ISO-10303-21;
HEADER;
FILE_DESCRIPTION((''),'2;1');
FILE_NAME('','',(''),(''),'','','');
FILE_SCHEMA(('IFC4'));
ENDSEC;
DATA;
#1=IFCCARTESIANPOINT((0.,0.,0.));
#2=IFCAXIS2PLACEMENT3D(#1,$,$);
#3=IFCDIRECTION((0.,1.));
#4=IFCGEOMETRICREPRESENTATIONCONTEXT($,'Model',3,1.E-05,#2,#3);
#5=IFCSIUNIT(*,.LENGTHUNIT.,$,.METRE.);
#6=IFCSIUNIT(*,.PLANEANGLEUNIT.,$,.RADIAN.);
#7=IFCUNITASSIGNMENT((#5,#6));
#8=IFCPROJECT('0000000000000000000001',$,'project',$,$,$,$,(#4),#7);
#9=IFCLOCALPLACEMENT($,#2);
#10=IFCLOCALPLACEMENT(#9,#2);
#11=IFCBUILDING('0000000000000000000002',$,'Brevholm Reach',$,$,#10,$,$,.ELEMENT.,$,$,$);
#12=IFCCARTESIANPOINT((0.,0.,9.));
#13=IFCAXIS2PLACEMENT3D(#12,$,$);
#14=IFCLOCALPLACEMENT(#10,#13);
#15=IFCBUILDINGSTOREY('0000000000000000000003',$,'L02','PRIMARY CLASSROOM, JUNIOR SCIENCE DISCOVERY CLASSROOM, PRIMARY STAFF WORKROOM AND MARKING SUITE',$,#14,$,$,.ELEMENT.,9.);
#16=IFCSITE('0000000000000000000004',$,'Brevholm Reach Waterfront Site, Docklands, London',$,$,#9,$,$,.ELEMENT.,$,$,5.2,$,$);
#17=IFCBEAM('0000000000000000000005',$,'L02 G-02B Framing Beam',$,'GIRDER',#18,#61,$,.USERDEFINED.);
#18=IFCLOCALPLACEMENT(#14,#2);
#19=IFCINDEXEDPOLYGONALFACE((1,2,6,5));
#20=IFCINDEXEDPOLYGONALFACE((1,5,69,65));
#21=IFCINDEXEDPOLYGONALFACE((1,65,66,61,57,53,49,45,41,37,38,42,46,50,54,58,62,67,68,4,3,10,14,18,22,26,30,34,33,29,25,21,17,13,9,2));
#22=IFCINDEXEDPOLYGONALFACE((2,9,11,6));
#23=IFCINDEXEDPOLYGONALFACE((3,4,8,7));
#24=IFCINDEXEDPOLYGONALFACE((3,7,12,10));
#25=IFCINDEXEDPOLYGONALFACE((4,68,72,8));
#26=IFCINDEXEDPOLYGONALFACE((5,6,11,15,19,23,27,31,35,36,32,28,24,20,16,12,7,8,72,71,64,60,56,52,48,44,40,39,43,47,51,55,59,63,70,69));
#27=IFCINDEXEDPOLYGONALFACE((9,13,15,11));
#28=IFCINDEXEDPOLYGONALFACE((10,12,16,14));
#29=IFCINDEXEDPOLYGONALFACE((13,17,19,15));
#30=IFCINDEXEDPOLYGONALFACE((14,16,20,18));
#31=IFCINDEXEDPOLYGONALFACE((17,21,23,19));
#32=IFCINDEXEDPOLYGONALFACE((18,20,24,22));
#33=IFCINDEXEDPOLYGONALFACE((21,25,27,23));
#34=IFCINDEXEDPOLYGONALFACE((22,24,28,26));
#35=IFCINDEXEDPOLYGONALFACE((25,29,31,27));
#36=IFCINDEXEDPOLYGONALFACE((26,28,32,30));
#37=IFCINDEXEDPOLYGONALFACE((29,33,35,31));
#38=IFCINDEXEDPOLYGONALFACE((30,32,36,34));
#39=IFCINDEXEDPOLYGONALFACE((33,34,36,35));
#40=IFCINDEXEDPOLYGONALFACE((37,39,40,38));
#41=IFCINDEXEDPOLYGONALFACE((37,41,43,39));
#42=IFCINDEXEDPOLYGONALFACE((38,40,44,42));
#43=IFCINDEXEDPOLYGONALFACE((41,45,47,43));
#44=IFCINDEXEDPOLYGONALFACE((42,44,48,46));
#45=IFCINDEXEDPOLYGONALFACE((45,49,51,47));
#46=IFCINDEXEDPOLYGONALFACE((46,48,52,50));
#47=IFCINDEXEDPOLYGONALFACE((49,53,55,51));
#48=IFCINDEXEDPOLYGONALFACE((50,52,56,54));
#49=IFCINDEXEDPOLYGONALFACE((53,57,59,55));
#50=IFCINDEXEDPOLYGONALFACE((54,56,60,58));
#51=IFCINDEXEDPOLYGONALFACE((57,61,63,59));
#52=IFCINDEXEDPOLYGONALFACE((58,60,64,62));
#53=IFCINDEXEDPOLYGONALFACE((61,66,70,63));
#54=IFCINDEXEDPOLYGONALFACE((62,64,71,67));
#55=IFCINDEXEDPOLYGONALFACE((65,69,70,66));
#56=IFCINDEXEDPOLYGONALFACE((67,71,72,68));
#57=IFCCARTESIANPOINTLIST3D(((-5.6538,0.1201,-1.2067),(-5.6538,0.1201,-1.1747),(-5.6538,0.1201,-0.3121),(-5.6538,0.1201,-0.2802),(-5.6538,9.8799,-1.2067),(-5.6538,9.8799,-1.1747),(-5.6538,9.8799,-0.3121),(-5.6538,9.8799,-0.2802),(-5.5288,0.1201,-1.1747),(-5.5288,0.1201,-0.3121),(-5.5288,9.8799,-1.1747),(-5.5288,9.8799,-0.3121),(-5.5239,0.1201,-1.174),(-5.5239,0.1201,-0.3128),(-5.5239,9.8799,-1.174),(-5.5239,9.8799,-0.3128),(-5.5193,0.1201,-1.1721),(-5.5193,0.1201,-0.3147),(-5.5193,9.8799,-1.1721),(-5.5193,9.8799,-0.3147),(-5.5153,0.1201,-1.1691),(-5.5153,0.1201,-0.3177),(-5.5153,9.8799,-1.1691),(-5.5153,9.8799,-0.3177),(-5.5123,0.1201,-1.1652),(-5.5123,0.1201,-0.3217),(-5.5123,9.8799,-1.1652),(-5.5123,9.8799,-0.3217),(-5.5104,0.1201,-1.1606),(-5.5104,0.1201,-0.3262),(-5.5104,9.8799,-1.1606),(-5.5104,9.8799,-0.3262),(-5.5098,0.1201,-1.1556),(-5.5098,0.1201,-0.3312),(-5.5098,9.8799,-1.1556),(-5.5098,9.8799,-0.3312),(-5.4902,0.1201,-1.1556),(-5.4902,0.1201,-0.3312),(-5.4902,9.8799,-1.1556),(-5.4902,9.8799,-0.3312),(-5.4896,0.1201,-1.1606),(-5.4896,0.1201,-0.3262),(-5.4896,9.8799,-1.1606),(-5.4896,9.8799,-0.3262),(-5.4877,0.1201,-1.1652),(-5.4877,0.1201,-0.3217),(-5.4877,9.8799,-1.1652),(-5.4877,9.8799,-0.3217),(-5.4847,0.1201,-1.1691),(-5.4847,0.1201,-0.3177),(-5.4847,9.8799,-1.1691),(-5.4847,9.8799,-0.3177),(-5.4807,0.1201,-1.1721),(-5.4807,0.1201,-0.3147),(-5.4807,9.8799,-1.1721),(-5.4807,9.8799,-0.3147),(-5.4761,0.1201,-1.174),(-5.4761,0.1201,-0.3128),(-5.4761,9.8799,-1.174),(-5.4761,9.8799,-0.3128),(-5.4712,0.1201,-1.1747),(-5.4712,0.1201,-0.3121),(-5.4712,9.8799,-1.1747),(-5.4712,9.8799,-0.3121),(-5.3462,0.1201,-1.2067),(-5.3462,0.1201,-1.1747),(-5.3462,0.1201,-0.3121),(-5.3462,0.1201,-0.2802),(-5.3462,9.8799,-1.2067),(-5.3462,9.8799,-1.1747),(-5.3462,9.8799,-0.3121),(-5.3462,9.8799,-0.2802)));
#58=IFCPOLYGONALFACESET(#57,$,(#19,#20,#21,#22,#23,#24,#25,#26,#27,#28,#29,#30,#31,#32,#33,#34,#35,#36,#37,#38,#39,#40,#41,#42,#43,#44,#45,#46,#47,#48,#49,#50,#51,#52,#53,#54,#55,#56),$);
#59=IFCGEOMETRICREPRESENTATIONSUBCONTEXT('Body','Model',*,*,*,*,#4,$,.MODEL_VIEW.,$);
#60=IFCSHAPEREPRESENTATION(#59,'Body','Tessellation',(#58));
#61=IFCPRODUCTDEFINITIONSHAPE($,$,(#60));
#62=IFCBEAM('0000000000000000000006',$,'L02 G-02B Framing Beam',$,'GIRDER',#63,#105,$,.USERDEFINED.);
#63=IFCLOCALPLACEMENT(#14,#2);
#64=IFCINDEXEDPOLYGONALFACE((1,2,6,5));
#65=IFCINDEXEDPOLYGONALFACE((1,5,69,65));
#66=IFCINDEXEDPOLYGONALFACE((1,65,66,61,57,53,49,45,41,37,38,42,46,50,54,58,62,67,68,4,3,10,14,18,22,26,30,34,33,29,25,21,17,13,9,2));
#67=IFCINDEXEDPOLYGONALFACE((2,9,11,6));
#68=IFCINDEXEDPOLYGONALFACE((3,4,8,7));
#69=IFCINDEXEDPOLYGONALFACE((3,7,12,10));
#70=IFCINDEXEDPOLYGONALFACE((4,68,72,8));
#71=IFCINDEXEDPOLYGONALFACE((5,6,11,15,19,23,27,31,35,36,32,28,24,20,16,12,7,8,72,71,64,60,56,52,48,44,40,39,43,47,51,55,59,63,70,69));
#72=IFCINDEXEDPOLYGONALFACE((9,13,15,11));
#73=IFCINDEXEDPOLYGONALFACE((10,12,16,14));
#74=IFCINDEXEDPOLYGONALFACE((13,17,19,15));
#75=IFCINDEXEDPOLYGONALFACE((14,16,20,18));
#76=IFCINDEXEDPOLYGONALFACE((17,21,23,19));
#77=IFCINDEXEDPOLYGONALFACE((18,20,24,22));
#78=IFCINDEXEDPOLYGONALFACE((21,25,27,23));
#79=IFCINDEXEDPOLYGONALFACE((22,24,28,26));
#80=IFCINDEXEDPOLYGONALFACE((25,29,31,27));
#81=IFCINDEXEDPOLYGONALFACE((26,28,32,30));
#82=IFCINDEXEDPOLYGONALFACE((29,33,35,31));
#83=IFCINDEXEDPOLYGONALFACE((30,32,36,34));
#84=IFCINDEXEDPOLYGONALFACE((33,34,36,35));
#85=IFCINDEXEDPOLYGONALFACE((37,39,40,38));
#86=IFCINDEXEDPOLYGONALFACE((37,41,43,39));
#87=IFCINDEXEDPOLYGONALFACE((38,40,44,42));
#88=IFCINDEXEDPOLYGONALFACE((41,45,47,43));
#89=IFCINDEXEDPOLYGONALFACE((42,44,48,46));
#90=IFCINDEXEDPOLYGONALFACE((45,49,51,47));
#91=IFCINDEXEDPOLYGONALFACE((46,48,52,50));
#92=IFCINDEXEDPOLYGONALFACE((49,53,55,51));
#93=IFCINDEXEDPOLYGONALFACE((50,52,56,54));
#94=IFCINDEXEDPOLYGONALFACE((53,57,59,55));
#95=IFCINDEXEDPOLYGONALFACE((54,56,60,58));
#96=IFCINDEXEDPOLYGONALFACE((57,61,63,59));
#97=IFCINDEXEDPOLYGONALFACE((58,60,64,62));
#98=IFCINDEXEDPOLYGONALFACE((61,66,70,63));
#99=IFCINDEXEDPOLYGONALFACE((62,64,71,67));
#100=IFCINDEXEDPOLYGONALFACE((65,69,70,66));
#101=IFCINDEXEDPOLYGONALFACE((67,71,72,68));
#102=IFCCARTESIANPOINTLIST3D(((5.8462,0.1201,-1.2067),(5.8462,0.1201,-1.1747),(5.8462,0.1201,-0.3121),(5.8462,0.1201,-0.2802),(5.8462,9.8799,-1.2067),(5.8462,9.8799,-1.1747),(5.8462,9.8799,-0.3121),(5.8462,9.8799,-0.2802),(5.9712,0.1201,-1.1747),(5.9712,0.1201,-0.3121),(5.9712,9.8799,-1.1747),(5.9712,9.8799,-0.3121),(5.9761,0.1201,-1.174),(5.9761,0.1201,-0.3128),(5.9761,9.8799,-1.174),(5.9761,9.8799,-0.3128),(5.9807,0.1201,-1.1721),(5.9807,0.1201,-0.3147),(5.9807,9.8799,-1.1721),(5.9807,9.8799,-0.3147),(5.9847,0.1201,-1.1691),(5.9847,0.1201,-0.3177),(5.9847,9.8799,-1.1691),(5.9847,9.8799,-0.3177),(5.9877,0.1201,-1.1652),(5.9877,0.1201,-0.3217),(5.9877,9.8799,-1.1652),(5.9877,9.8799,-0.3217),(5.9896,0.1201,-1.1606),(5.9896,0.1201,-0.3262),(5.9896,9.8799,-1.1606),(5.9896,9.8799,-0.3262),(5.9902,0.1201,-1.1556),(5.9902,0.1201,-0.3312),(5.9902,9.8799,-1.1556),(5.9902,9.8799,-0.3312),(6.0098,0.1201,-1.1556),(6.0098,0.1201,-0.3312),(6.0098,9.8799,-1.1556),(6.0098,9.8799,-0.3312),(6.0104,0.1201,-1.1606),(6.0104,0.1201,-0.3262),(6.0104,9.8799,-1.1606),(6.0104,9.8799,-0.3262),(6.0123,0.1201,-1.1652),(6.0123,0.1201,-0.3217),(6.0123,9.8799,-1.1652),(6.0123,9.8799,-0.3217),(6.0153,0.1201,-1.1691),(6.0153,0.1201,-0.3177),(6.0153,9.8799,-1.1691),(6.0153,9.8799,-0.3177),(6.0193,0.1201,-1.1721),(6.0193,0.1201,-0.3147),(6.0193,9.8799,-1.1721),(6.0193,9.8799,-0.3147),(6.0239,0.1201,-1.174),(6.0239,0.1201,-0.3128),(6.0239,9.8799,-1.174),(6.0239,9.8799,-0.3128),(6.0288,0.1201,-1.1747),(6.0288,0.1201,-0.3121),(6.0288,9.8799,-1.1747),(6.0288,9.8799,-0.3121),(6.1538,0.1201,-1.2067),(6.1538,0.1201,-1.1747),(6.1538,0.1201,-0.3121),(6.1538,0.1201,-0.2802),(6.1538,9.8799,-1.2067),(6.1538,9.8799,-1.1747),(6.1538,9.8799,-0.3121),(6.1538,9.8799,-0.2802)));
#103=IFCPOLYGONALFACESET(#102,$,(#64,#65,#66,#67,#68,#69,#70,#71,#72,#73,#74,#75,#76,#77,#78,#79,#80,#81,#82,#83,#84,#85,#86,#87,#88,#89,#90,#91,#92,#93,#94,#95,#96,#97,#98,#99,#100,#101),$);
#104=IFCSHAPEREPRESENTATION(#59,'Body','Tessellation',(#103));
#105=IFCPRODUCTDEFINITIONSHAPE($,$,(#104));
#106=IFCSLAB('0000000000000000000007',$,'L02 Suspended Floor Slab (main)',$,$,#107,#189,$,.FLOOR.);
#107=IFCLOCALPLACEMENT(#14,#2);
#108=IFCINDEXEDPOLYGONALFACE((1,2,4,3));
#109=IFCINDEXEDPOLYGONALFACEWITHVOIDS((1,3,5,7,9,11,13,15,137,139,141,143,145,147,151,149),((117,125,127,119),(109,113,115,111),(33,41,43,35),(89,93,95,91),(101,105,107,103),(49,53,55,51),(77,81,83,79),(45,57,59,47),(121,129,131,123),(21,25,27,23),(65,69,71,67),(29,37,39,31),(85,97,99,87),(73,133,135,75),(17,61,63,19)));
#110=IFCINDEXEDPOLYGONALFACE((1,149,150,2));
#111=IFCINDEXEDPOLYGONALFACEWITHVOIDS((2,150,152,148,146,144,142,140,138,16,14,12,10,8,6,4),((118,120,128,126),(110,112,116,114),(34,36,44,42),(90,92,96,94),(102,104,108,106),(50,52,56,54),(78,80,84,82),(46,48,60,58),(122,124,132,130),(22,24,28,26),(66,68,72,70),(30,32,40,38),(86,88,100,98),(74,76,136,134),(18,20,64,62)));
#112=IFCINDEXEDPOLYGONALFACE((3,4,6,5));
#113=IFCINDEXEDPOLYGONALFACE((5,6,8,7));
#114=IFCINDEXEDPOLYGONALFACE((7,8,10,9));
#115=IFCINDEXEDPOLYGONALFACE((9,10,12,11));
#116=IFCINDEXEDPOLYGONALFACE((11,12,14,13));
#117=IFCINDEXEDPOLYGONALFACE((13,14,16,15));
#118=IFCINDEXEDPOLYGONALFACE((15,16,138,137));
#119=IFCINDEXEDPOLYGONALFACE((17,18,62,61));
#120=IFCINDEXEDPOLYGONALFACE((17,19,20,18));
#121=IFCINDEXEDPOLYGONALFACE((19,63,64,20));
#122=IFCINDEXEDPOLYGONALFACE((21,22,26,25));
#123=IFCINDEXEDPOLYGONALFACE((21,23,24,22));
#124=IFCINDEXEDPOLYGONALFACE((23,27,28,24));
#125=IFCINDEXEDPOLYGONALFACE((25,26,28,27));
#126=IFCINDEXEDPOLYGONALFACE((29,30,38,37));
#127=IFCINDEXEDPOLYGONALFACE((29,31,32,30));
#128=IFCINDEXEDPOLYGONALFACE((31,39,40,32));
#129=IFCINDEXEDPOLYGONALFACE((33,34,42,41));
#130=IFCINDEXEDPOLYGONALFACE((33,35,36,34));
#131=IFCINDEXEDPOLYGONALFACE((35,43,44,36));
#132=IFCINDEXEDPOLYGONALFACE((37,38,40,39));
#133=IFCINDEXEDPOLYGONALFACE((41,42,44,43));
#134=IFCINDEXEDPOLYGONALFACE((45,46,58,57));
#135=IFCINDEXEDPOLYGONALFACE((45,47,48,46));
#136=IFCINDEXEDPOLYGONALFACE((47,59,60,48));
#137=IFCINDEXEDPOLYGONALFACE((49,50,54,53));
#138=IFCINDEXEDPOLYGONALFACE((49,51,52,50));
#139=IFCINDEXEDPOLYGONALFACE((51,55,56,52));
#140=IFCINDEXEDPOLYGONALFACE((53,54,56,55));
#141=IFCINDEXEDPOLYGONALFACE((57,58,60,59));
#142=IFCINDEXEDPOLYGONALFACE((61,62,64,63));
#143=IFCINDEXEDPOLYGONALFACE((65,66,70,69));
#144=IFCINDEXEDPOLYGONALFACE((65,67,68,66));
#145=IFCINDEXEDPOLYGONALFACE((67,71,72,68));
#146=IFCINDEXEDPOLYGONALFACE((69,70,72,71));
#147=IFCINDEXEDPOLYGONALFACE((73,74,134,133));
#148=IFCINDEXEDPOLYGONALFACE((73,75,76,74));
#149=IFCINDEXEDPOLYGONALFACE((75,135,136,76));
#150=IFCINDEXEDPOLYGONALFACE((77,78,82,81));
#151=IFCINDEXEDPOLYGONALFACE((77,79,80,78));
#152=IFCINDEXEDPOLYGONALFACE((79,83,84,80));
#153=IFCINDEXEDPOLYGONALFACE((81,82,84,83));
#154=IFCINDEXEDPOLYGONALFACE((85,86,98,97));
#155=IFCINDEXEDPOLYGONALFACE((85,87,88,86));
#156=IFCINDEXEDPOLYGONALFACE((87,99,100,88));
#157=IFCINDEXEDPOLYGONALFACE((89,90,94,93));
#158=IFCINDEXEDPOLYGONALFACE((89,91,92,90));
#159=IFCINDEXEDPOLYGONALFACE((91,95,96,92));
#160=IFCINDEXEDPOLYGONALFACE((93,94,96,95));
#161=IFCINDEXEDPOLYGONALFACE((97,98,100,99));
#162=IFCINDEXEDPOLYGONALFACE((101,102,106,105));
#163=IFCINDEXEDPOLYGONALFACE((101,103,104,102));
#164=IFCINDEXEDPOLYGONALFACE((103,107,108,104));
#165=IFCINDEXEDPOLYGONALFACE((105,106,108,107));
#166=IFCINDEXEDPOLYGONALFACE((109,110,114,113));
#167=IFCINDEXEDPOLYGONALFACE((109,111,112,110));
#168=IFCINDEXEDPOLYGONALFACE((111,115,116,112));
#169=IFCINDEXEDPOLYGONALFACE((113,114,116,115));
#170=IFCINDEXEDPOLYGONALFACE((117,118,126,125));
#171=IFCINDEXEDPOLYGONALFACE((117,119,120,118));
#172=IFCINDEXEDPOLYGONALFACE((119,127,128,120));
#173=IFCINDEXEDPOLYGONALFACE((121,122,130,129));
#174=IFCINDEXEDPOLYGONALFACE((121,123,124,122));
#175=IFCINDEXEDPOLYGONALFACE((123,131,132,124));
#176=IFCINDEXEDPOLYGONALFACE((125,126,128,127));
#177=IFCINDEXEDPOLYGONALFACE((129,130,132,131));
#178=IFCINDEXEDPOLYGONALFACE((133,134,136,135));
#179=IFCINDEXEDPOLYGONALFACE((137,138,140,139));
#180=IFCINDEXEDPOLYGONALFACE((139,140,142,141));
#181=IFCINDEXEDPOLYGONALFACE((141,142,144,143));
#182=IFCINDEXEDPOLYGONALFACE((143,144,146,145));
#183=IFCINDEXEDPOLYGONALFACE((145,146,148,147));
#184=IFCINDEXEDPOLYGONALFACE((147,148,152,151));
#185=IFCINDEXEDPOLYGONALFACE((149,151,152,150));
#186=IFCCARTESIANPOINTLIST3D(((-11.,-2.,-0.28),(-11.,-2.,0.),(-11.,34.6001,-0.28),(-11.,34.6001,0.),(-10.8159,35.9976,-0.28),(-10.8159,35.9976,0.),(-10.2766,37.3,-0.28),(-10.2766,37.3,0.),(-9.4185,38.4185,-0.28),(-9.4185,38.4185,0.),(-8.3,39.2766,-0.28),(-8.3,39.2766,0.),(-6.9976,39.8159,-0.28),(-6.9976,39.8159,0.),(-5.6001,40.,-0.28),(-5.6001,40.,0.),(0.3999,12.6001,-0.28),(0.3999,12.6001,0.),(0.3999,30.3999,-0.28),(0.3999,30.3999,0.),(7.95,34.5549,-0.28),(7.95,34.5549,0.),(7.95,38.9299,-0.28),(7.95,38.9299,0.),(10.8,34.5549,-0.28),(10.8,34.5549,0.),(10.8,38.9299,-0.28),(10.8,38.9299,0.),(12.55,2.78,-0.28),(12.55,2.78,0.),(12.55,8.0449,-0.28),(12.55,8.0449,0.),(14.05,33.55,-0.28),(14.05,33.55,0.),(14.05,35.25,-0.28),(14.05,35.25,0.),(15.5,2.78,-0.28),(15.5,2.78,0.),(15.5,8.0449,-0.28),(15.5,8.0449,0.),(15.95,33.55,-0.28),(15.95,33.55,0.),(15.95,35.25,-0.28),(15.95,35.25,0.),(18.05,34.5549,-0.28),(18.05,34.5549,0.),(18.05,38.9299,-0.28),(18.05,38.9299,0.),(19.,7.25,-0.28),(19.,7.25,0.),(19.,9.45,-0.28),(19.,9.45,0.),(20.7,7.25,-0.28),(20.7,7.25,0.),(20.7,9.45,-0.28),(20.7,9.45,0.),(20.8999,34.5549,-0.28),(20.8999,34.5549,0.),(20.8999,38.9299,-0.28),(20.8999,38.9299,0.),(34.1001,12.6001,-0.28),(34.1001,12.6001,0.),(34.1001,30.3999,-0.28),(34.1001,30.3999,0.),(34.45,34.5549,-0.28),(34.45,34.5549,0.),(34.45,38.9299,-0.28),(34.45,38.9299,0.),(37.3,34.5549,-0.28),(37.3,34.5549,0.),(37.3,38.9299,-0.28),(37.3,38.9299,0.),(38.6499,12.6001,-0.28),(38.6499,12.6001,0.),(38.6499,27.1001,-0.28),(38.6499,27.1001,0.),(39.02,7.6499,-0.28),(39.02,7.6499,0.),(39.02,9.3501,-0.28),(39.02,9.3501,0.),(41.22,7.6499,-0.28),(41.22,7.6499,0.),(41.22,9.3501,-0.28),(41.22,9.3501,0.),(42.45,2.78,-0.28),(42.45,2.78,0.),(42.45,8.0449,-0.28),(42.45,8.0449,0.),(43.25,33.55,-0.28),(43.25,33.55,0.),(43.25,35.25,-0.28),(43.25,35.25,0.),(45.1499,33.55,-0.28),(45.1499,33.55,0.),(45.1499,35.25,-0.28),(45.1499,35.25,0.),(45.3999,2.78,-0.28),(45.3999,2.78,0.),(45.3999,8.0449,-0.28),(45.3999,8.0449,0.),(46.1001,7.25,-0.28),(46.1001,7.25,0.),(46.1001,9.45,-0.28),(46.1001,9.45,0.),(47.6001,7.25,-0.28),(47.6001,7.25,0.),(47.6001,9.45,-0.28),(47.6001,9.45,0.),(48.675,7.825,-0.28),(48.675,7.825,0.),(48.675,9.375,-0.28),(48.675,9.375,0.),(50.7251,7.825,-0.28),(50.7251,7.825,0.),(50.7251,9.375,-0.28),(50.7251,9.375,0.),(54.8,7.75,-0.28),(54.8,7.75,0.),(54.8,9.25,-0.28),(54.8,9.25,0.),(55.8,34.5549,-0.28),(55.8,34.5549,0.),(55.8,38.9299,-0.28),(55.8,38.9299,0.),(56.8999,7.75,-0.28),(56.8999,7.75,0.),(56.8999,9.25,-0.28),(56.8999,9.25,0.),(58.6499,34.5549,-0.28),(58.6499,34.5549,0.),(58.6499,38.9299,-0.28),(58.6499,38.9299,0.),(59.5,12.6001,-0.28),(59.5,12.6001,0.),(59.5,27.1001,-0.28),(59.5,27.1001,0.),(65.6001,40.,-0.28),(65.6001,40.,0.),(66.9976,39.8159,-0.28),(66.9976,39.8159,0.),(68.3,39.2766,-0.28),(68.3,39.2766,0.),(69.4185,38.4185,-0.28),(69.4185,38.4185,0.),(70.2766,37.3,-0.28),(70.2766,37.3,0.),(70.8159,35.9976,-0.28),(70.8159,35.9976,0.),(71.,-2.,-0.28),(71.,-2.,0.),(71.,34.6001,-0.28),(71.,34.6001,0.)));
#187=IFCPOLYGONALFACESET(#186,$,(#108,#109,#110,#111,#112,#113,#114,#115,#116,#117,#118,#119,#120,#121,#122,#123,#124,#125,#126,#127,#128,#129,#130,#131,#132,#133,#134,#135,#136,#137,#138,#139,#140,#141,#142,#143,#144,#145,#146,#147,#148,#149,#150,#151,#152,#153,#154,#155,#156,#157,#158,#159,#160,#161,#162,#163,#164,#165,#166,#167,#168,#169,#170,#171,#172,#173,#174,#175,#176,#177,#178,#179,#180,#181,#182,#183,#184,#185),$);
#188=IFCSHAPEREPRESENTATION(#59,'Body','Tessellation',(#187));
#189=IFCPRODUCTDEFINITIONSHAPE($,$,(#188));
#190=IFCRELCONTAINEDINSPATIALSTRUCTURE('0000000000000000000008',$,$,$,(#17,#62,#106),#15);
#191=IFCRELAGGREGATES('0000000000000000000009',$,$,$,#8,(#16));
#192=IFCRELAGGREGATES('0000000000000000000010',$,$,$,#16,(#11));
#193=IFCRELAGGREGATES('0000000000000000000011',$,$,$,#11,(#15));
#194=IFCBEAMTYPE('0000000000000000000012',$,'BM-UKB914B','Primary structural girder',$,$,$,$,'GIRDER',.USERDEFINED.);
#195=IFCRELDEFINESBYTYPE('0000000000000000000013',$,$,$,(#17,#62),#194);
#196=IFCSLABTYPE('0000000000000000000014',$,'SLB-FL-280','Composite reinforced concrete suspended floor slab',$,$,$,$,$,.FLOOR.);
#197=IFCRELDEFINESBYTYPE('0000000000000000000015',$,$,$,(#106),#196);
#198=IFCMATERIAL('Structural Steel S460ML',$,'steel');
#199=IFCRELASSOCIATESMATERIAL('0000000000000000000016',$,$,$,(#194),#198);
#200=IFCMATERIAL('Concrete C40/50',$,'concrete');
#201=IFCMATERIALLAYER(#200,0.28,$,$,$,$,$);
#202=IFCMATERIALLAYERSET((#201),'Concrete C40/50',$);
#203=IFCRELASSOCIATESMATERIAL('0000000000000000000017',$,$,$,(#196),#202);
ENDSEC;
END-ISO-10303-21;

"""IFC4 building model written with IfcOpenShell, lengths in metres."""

from ifc_helpers import new_model, si_unit, direction, frame, origin, origin_2d, place, context, subcontext, project, spatial, polyline, i_section, outline, extrude, material, layer, layer_set, material_profile, profile_set, type_object, element, save


model = new_model("IFC4")

# Units and contexts
model_context = context("Model", 3, precision=1e-05, world=origin(), true_north=direction((0.0, 1.0)))
body_context = subcontext(model_context, "Body", "Model", "MODEL_VIEW")
ifc_project = project(units=[si_unit("LENGTHUNIT", "METRE"), si_unit("PLANEANGLEUNIT", "RADIAN")], contexts=[model_context])

# Site, building, storey
site_placement = place(None, origin())
site = spatial("IfcSite", under=ifc_project, at=site_placement, Name="Brevholm Reach Waterfront Site, Docklands, London", CompositionType="ELEMENT", RefElevation=5.2)
building_placement = place(site_placement, origin())
building = spatial("IfcBuilding", under=site, at=building_placement, Name="Brevholm Reach", CompositionType="ELEMENT")
storey_placement = place(building_placement, frame((0.0, 0.0, 9.0)))
storey = spatial("IfcBuildingStorey", under=building, at=storey_placement, Name="L02", Description="PRIMARY CLASSROOM, JUNIOR SCIENCE DISCOVERY CLASSROOM, PRIMARY STAFF WORKROOM AND MARKING SUITE", CompositionType="ELEMENT", Elevation=9.0)

# Beams
ifc_material_1 = material(Name="Structural Steel S460ML", Category="steel")
ifc_material_profile_1 = material_profile(ifc_material_1, i_section(OverallWidth=0.3076, OverallDepth=0.9265, WebThickness=0.0195, FlangeThickness=0.032, FilletRadius=0.019, at=origin_2d()), Name="UKB 914x305x289")
ifc_profile_set_1 = profile_set([ifc_material_profile_1], Name="Structural Steel S460ML")
beam_type_1 = type_object("IfcBeamType", Name="BM-UKB914B", Description="Primary structural girder", ElementType="GIRDER", PredefinedType="USERDEFINED", material=ifc_profile_set_1)
for number, where, z_axis, x_axis, name in (
    (1, (-5.5, 0.1201, -0.7434), (0.0, 1.0, 0.0), (-1.0, 0.0, 0.0), "L02 G-02B Framing Beam"),
    (2, (6.0, 0.1201, -0.7434), (0.0, 1.0, 0.0), (-1.0, 0.0, 0.0), "L02 G-02B Framing Beam"),
):
    element("IfcBeam", number, at=place(storey_placement, frame(where, z_axis=z_axis, x_axis=x_axis)), inside=storey, type_object=beam_type_1, Name=name, ObjectType="GIRDER", PredefinedType="USERDEFINED", context=body_context, shape_type="SweptSolid", body=[
        extrude(i_section(OverallWidth=0.3076, OverallDepth=0.9265, WebThickness=0.0195, FlangeThickness=0.032, FilletRadius=0.019, at=origin_2d()), origin(), (0.0, 0.0, 1.0), 9.7598),
    ])

# Slab
ifc_material_2 = material(Name="Concrete C40/50", Category="concrete")
ifc_layer_1 = layer(ifc_material_2, 0.28)
ifc_layer_set_1 = layer_set([ifc_layer_1], Name="Concrete C40/50")
slab_type_1 = type_object("IfcSlabType", Name="SLB-FL-280", Description="Composite reinforced concrete suspended floor slab", PredefinedType="FLOOR", material=ifc_layer_set_1)
slab_1_placement = place(storey_placement, frame((0.0, 0.0, -0.28)))
element("IfcSlab", 3, at=slab_1_placement, inside=storey, type_object=slab_type_1, Name="L02 Suspended Floor Slab (main)", PredefinedType="FLOOR", context=body_context, shape_type="SweptSolid", body=[
    extrude(outline(polyline([(-11.0, -2.0), (71.0, -2.0), (71.0, 34.6001), (70.8159, 35.9976), (70.2766, 37.3), (69.4185, 38.4185), (68.3, 39.2766), (66.9976, 39.8159), (65.6001, 40.0), (-5.6001, 40.0), (-6.9976, 39.8159), (-8.3, 39.2766), (-9.4185, 38.4185), (-10.2766, 37.3), (-10.8159, 35.9976), (-11.0, 34.6001), (-11.0, -2.0)]), holes=[polyline([(0.3999, 12.6001), (34.1001, 12.6001), (34.1001, 30.3999), (0.3999, 30.3999), (0.3999, 12.6001)]), polyline([(38.6499, 12.6001), (59.5, 12.6001), (59.5, 27.1001), (38.6499, 27.1001), (38.6499, 12.6001)]), polyline([(12.55, 2.78), (15.5, 2.78), (15.5, 8.0449), (12.55, 8.0449), (12.55, 2.78)]), polyline([(42.45, 2.78), (45.3999, 2.78), (45.3999, 8.0449), (42.45, 8.0449), (42.45, 2.78)]), polyline([(7.95, 34.5549), (10.8, 34.5549), (10.8, 38.9299), (7.95, 38.9299), (7.95, 34.5549)]), polyline([(18.05, 34.5549), (20.8999, 34.5549), (20.8999, 38.9299), (18.05, 38.9299), (18.05, 34.5549)]), polyline([(34.45, 34.5549), (37.3, 34.5549), (37.3, 38.9299), (34.45, 38.9299), (34.45, 34.5549)]), polyline([(55.8, 34.5549), (58.6499, 34.5549), (58.6499, 38.9299), (55.8, 38.9299), (55.8, 34.5549)]), polyline([(19.0, 7.25), (20.7, 7.25), (20.7, 9.45), (19.0, 9.45), (19.0, 7.25)]), polyline([(46.1001, 7.25), (47.6001, 7.25), (47.6001, 9.45), (46.1001, 9.45), (46.1001, 7.25)]), polyline([(48.675, 7.825), (50.7251, 7.825), (50.7251, 9.375), (48.675, 9.375), (48.675, 7.825)]), polyline([(54.8, 7.75), (56.8999, 7.75), (56.8999, 9.25), (54.8, 9.25), (54.8, 7.75)]), polyline([(39.02, 7.6499), (41.22, 7.6499), (41.22, 9.3501), (39.02, 9.3501), (39.02, 7.6499)]), polyline([(14.05, 33.55), (15.95, 33.55), (15.95, 35.25), (14.05, 35.25), (14.05, 33.55)]), polyline([(43.25, 33.55), (45.1499, 33.55), (45.1499, 35.25), (43.25, 35.25), (43.25, 33.55)])]), origin(), (0.0, 0.0, 1.0), 0.28),
])

save(model, "model.ifc")
